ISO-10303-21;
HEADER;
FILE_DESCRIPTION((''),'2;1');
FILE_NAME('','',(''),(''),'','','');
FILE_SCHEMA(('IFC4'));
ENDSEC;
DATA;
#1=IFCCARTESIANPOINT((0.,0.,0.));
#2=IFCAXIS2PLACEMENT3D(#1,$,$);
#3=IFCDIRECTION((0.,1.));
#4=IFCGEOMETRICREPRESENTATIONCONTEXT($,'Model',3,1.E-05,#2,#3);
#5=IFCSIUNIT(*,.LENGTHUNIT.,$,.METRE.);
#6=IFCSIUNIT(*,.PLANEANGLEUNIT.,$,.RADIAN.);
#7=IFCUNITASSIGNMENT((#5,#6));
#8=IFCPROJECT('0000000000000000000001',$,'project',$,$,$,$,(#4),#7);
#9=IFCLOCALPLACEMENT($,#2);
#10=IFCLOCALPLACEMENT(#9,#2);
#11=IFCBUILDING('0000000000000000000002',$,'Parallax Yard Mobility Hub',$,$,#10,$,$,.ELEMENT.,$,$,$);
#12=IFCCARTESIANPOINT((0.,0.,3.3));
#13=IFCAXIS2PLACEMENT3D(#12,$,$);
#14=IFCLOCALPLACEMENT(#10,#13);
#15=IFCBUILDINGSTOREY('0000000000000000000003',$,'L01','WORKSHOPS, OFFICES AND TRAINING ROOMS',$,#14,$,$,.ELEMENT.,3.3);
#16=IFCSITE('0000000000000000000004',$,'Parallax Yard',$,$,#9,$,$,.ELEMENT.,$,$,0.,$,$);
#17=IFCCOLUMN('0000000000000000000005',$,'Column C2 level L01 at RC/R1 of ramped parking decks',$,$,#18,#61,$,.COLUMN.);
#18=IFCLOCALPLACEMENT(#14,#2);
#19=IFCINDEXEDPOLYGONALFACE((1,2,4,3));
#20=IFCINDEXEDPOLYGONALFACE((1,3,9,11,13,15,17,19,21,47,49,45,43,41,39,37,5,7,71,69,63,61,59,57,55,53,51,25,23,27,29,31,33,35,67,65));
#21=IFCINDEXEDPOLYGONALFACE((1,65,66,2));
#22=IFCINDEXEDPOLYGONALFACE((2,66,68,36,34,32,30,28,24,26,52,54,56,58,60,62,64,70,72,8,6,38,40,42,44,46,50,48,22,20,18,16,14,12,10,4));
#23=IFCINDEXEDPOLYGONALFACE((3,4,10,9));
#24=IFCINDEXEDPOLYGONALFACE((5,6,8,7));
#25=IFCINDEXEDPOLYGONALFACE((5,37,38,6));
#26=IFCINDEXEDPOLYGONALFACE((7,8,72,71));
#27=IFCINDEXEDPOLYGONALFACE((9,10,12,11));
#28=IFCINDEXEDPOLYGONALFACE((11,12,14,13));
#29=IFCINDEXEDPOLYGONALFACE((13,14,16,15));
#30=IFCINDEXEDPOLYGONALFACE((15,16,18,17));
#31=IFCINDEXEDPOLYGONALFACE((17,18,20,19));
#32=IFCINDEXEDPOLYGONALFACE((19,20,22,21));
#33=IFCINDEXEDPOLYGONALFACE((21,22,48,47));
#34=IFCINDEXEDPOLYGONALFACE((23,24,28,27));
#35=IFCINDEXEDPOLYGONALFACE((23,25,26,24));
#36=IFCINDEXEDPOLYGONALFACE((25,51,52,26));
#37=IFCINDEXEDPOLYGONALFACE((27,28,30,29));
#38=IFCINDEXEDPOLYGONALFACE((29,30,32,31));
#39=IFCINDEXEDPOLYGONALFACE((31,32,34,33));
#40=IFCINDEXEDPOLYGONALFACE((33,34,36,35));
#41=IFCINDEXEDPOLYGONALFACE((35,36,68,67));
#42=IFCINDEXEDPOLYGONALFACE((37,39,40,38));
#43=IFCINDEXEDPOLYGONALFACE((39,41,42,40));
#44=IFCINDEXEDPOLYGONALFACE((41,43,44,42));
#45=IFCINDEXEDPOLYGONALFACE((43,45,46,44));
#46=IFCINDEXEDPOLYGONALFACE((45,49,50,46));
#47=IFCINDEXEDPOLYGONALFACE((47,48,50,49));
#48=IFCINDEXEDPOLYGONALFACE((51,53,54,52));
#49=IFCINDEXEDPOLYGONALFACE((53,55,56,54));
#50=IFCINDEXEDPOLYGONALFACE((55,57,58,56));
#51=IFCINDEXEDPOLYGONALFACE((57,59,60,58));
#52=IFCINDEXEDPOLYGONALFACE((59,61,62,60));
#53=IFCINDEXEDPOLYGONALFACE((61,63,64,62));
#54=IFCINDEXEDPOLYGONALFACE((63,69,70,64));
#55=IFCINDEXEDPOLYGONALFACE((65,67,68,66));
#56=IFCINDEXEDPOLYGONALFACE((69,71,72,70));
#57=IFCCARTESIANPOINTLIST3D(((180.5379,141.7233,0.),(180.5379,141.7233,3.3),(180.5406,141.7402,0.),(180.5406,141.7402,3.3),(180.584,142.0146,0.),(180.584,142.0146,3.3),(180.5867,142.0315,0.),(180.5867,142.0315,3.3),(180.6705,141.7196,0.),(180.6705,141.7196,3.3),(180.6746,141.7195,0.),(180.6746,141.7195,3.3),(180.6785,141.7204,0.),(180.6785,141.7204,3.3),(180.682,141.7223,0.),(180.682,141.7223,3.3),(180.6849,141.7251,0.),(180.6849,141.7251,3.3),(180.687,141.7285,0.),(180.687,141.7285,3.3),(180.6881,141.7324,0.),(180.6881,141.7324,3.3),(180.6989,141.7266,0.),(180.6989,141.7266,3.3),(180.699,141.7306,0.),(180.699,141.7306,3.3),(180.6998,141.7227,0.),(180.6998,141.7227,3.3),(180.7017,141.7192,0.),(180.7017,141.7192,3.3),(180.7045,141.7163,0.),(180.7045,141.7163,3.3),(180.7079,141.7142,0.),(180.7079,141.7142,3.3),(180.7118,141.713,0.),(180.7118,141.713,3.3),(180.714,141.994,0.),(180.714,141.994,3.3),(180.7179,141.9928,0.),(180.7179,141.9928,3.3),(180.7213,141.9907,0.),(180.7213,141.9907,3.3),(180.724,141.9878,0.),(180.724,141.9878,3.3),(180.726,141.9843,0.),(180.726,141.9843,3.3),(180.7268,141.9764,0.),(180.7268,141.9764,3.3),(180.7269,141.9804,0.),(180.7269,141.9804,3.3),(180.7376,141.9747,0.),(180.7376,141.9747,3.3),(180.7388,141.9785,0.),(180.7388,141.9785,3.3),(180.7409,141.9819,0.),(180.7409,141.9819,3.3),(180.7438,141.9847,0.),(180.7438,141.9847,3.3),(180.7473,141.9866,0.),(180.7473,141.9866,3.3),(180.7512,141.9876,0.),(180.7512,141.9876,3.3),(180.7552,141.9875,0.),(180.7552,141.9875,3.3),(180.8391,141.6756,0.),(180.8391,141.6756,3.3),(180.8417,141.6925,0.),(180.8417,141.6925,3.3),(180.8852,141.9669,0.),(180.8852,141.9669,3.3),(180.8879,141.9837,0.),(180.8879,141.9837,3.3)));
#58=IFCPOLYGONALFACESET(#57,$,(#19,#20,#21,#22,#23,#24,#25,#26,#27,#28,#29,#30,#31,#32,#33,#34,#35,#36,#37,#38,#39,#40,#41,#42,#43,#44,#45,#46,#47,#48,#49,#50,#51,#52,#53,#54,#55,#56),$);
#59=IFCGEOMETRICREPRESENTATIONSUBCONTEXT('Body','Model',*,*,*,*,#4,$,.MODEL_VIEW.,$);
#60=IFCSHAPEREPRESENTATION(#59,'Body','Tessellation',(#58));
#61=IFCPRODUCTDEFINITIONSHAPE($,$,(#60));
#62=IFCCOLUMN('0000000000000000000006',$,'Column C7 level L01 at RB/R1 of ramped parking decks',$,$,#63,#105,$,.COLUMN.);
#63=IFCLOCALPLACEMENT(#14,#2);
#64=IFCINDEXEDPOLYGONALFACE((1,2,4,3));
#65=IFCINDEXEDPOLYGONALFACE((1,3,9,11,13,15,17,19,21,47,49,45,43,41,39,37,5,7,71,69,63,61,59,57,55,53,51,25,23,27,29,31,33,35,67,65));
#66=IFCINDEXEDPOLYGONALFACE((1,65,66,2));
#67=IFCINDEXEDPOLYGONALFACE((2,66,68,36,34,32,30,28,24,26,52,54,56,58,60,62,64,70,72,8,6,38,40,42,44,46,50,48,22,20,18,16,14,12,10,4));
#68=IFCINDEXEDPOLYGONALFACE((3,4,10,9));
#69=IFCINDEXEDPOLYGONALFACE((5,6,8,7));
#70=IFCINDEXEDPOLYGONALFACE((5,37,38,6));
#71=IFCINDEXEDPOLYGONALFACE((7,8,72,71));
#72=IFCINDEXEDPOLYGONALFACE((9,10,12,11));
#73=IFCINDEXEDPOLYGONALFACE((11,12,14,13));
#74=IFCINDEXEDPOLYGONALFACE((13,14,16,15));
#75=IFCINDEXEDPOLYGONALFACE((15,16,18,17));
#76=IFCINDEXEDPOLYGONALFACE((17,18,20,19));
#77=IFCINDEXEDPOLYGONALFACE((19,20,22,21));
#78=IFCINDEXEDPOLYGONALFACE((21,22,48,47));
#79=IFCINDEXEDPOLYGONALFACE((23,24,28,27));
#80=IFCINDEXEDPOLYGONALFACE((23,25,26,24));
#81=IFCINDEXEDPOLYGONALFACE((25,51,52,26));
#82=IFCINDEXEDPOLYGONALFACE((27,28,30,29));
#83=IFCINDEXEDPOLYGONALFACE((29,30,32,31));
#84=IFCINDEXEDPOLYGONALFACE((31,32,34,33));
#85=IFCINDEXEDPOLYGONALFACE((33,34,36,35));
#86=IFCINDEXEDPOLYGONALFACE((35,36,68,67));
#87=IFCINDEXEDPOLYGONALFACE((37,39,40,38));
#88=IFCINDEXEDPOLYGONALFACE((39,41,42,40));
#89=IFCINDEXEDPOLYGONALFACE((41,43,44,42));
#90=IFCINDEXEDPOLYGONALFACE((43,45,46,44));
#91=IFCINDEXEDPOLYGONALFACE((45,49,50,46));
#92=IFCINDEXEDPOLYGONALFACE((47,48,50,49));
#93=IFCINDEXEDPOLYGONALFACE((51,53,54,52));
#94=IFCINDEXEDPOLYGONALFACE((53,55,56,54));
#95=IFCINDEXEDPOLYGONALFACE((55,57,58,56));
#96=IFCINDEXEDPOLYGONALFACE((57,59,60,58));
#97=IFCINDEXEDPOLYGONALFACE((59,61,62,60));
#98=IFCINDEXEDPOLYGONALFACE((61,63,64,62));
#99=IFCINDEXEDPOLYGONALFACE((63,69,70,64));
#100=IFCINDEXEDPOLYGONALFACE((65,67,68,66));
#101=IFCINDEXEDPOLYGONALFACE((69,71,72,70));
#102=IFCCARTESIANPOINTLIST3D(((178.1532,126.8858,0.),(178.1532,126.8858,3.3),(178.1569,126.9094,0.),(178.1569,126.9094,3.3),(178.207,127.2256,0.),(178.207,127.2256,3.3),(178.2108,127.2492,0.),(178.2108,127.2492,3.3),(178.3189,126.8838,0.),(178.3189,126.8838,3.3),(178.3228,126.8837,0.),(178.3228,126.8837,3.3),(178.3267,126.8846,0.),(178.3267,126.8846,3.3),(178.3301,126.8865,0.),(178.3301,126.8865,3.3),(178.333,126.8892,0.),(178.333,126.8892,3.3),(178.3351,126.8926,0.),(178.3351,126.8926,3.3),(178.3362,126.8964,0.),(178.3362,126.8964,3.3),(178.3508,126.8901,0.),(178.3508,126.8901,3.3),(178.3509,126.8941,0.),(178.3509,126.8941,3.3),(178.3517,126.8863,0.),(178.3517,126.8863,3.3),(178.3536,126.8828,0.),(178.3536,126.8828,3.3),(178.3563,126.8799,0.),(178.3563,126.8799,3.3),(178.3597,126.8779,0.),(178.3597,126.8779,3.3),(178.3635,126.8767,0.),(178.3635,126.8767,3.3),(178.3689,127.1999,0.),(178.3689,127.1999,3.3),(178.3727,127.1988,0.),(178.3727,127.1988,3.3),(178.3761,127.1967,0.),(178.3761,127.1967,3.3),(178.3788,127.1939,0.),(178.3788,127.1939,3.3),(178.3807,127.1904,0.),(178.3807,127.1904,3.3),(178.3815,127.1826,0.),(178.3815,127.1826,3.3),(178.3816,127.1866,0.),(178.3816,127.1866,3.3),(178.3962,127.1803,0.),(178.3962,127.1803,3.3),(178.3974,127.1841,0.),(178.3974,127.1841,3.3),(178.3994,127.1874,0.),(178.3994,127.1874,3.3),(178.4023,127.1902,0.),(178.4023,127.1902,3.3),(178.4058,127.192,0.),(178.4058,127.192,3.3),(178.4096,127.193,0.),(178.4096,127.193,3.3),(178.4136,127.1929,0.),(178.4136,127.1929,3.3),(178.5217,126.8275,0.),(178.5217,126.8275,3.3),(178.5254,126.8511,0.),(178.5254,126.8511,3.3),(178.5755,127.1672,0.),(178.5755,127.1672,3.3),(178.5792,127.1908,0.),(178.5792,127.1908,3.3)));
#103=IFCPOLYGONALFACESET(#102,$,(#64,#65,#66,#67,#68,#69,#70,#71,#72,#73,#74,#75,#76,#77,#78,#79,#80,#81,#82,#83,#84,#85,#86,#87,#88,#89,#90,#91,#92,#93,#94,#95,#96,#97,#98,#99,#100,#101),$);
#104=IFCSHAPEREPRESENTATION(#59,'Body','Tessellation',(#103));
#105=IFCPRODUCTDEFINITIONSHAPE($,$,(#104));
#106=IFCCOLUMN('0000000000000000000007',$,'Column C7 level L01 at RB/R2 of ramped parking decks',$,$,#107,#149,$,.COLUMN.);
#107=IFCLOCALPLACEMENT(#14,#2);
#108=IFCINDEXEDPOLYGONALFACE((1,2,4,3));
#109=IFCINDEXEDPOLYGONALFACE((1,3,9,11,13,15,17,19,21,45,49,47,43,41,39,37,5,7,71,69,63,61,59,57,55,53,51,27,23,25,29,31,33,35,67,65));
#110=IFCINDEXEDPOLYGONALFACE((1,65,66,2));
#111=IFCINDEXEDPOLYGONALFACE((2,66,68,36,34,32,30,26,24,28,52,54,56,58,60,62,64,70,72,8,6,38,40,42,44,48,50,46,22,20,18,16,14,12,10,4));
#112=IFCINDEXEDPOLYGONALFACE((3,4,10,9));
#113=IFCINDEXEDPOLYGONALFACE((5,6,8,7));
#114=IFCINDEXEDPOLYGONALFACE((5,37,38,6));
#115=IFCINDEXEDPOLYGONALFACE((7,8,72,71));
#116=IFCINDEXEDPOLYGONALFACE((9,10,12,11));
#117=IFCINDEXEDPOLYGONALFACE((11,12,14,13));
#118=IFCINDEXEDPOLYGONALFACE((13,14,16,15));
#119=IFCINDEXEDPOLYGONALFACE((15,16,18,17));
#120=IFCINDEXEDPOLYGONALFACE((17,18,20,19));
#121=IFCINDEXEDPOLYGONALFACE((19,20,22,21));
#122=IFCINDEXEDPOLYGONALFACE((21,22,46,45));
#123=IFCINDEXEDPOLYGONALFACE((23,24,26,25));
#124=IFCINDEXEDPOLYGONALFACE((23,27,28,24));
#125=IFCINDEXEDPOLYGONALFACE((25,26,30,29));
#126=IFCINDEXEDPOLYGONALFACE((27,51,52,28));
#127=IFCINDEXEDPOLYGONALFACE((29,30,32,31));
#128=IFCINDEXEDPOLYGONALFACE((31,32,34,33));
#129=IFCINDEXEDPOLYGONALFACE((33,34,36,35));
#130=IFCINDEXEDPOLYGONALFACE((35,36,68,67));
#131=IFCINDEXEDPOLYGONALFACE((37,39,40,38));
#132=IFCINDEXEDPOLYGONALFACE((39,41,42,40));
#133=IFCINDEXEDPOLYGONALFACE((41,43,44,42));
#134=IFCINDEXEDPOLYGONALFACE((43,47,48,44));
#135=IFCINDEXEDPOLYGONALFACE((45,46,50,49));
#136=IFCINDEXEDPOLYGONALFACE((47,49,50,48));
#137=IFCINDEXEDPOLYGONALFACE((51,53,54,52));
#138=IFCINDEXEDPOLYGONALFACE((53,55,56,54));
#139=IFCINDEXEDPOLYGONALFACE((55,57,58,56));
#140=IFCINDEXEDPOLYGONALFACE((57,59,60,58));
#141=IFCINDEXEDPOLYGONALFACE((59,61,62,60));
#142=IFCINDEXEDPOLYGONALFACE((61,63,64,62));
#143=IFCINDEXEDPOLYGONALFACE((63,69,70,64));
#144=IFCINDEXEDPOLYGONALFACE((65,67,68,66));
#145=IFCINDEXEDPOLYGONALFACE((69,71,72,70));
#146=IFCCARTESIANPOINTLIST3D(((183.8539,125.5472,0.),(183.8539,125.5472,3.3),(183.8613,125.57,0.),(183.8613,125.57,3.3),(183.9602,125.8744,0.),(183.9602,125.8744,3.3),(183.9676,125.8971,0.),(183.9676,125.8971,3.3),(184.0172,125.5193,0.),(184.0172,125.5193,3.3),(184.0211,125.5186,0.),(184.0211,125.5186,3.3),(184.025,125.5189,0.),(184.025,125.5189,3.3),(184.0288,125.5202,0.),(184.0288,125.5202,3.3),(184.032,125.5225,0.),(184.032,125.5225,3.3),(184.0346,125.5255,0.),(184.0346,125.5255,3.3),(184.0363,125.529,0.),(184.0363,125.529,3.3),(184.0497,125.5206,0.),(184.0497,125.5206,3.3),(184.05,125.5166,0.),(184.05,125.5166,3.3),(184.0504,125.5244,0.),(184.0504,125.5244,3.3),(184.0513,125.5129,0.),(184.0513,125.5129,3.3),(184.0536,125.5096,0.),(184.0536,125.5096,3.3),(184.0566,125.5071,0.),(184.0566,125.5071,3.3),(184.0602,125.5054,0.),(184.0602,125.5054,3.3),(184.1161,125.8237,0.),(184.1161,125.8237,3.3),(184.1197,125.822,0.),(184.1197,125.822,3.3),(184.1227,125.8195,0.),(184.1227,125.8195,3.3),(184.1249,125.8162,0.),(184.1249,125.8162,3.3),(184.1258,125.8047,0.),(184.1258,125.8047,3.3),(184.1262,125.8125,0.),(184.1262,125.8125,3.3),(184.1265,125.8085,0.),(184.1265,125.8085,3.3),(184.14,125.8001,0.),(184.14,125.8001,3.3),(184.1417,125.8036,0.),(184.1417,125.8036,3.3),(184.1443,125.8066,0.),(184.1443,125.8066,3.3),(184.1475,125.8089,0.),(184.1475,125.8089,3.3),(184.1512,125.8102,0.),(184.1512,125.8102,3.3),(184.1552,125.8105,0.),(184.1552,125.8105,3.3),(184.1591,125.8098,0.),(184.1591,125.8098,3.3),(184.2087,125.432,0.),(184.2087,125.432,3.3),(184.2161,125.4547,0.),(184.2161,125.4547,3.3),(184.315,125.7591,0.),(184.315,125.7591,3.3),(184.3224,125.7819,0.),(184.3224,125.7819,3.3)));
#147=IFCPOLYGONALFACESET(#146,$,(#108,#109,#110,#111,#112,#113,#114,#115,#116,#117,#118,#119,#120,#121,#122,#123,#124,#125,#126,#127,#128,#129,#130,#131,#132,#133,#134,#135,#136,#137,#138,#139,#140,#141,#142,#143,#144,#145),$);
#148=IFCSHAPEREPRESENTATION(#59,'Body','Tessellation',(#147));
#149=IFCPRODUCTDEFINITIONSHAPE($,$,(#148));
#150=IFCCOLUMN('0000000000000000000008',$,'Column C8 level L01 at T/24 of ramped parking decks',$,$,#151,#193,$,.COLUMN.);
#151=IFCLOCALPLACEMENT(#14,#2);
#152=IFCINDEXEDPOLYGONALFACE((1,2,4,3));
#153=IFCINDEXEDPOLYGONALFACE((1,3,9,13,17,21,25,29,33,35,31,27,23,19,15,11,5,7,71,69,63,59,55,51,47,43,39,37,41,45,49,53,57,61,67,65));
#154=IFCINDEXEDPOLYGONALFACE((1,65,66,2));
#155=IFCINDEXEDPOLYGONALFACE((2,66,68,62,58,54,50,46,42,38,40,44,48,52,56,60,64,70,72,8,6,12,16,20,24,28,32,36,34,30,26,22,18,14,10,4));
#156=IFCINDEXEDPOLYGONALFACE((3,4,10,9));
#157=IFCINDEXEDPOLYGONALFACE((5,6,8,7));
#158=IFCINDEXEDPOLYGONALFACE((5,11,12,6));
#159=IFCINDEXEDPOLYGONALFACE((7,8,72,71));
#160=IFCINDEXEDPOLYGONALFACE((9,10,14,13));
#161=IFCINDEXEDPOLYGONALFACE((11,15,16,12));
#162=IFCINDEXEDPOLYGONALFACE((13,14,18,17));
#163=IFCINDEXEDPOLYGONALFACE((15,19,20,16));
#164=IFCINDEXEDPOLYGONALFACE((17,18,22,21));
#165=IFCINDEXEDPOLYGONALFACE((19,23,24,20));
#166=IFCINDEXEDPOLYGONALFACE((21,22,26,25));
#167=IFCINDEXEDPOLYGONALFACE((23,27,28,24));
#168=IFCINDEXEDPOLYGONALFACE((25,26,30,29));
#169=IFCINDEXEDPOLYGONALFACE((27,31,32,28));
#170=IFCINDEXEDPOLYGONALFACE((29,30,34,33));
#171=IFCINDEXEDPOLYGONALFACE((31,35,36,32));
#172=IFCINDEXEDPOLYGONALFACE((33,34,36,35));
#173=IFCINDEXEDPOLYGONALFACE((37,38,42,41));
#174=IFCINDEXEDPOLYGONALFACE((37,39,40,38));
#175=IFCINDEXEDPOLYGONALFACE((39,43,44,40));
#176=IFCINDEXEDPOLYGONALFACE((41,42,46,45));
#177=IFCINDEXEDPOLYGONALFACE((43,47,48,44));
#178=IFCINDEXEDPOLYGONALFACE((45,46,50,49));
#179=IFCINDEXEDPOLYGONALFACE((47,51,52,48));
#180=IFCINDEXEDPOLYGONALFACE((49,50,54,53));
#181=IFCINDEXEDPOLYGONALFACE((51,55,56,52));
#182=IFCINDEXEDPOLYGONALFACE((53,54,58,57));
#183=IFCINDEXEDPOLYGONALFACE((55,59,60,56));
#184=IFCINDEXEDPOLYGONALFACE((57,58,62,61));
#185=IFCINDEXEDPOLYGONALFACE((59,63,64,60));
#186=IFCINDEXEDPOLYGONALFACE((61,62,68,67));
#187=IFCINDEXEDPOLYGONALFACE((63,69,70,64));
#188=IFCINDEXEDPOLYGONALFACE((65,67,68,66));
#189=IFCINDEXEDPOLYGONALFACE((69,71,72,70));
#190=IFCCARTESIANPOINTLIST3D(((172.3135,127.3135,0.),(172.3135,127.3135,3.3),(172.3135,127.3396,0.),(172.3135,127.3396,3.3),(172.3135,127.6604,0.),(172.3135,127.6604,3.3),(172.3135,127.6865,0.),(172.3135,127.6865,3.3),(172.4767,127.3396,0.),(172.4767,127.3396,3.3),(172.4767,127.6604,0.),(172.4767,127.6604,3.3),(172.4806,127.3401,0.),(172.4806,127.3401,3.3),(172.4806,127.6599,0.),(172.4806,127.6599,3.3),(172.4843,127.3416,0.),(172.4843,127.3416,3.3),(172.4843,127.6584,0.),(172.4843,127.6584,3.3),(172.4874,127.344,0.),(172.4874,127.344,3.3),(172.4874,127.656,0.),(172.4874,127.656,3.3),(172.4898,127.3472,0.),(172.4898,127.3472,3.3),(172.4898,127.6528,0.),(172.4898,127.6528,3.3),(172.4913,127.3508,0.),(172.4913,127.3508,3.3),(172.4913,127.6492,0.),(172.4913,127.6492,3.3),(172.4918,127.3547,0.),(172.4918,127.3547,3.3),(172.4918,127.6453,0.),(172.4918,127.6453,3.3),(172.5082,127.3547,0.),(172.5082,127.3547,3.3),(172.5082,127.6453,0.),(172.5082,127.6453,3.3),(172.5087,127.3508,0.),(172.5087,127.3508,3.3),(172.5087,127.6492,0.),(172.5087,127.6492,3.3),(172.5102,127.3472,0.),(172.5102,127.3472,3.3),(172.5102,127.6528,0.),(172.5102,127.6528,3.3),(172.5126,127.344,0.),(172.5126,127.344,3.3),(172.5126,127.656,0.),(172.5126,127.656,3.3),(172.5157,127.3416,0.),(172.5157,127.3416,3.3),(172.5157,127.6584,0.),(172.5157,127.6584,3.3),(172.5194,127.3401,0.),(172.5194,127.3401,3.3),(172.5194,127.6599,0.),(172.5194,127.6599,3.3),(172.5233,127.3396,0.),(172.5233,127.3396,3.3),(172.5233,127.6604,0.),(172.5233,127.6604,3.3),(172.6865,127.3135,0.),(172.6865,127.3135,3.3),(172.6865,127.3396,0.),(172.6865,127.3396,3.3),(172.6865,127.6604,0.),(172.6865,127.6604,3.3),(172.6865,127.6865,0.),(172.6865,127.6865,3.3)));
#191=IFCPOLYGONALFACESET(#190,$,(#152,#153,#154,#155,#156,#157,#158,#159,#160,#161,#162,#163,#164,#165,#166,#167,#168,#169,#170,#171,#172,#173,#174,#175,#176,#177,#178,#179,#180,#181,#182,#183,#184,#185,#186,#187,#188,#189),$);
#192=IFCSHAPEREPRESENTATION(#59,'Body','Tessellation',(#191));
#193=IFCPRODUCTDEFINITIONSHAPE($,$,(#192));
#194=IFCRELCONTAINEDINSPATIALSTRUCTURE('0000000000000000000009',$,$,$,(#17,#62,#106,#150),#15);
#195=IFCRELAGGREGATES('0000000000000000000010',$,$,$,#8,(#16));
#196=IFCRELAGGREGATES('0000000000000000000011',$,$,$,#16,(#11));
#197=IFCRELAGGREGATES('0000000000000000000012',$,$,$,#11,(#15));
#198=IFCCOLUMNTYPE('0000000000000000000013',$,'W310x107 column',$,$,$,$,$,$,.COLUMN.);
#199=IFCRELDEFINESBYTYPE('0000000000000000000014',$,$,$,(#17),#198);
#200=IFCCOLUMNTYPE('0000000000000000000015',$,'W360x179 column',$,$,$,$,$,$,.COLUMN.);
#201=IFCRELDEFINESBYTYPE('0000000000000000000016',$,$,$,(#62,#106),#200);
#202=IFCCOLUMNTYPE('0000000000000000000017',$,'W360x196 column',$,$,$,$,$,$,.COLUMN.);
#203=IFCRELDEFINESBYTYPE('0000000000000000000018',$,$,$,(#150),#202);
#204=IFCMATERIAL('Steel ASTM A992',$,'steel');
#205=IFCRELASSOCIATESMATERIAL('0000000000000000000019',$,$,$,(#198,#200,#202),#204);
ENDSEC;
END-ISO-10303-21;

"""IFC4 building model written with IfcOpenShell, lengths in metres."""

from ifc_helpers import new_model, si_unit, direction, frame, origin, origin_2d, place, context, subcontext, project, spatial, i_section, extrude, material, material_profile, profile_set, type_object, element, save


model = new_model("IFC4")

# Units and contexts
model_context = context("Model", 3, precision=1e-05, world=origin(), true_north=direction((0.0, 1.0)))
body_context = subcontext(model_context, "Body", "Model", "MODEL_VIEW")
ifc_project = project(units=[si_unit("LENGTHUNIT", "METRE"), si_unit("PLANEANGLEUNIT", "RADIAN")], contexts=[model_context])

# Site, building, storey
site_placement = place(None, origin())
site = spatial("IfcSite", under=ifc_project, at=site_placement, Name="Parallax Yard", CompositionType="ELEMENT", RefElevation=0.0)
building_placement = place(site_placement, origin())
building = spatial("IfcBuilding", under=site, at=building_placement, Name="Parallax Yard Mobility Hub", CompositionType="ELEMENT")
storey_placement = place(building_placement, frame((0.0, 0.0, 3.3)))
storey = spatial("IfcBuildingStorey", under=building, at=storey_placement, Name="L01", Description="WORKSHOPS, OFFICES AND TRAINING ROOMS", CompositionType="ELEMENT", Elevation=3.3)

# Columns
ifc_material_1 = material(Name="Steel ASTM A992", Category="steel")
ifc_material_profile_1 = material_profile(ifc_material_1, i_section(OverallWidth=0.3049, OverallDepth=0.312, WebThickness=0.011, FlangeThickness=0.0171, FilletRadius=0.0154, at=origin_2d()), Name="W310x107")
ifc_profile_set_1 = profile_set([ifc_material_profile_1], Name="Steel ASTM A992")
column_type_1 = type_object("IfcColumnType", Name="W310x107 column", PredefinedType="COLUMN", material=ifc_profile_set_1)
column_1_placement = place(storey_placement, frame((180.7129, 141.8535, 0.0), z_axis=(0.0, 0.0, 1.0), x_axis=(-0.987688, 0.156434, 0.0)))
element("IfcColumn", 1, at=column_1_placement, inside=storey, type_object=column_type_1, Name="Column C2 level L01 at RC/R1 of ramped parking decks", PredefinedType="COLUMN", context=body_context, shape_type="SweptSolid", body=[
    extrude(i_section(OverallWidth=0.3049, OverallDepth=0.312, WebThickness=0.011, FlangeThickness=0.0171, FilletRadius=0.0154, at=origin_2d()), origin(), (0.0, 0.0, 1.0), 3.3),
])
ifc_material_profile_2 = material_profile(ifc_material_1, i_section(OverallWidth=0.373, OverallDepth=0.3679, WebThickness=0.0149, FlangeThickness=0.0239, FilletRadius=0.0151, at=origin_2d()), Name="W360x179")
ifc_profile_set_2 = profile_set([ifc_material_profile_2], Name="Steel ASTM A992")
column_type_2 = type_object("IfcColumnType", Name="W360x179 column", PredefinedType="COLUMN", material=ifc_profile_set_2)
for number, where, z_axis, x_axis, name in (
    (2, (178.3662, 127.0383, 0.0), (0.0, 0.0, 1.0), (-0.987688, 0.156434, 0.0), "Column C7 level L01 at RB/R1 of ramped parking decks"),
    (3, (184.0881, 125.6646, 0.0), (0.0, 0.0, 1.0), (-0.951057, 0.309017, 0.0), "Column C7 level L01 at RB/R2 of ramped parking decks"),
):
    element("IfcColumn", number, at=place(storey_placement, frame(where, z_axis=z_axis, x_axis=x_axis)), inside=storey, type_object=column_type_2, Name=name, PredefinedType="COLUMN", context=body_context, shape_type="SweptSolid", body=[
        extrude(i_section(OverallWidth=0.373, OverallDepth=0.3679, WebThickness=0.0149, FlangeThickness=0.0239, FilletRadius=0.0151, at=origin_2d()), origin(), (0.0, 0.0, 1.0), 3.3),
    ])
ifc_material_profile_3 = material_profile(ifc_material_1, i_section(OverallWidth=0.373, OverallDepth=0.373, WebThickness=0.0164, FlangeThickness=0.0261, FilletRadius=0.0151, at=origin_2d()), Name="W360x196")
ifc_profile_set_3 = profile_set([ifc_material_profile_3], Name="Steel ASTM A992")
column_type_3 = type_object("IfcColumnType", Name="W360x196 column", PredefinedType="COLUMN", material=ifc_profile_set_3)
column_2_placement = place(storey_placement, frame((172.5, 127.5, 0.0), z_axis=(0.0, 0.0, 1.0), x_axis=(1.0, 0.0, 0.0)))
element("IfcColumn", 4, at=column_2_placement, inside=storey, type_object=column_type_3, Name="Column C8 level L01 at T/24 of ramped parking decks", PredefinedType="COLUMN", context=body_context, shape_type="SweptSolid", body=[
    extrude(i_section(OverallWidth=0.373, OverallDepth=0.373, WebThickness=0.0164, FlangeThickness=0.0261, FilletRadius=0.0151, at=origin_2d()), origin(), (0.0, 0.0, 1.0), 3.3),
])

save(model, "model.ifc")
